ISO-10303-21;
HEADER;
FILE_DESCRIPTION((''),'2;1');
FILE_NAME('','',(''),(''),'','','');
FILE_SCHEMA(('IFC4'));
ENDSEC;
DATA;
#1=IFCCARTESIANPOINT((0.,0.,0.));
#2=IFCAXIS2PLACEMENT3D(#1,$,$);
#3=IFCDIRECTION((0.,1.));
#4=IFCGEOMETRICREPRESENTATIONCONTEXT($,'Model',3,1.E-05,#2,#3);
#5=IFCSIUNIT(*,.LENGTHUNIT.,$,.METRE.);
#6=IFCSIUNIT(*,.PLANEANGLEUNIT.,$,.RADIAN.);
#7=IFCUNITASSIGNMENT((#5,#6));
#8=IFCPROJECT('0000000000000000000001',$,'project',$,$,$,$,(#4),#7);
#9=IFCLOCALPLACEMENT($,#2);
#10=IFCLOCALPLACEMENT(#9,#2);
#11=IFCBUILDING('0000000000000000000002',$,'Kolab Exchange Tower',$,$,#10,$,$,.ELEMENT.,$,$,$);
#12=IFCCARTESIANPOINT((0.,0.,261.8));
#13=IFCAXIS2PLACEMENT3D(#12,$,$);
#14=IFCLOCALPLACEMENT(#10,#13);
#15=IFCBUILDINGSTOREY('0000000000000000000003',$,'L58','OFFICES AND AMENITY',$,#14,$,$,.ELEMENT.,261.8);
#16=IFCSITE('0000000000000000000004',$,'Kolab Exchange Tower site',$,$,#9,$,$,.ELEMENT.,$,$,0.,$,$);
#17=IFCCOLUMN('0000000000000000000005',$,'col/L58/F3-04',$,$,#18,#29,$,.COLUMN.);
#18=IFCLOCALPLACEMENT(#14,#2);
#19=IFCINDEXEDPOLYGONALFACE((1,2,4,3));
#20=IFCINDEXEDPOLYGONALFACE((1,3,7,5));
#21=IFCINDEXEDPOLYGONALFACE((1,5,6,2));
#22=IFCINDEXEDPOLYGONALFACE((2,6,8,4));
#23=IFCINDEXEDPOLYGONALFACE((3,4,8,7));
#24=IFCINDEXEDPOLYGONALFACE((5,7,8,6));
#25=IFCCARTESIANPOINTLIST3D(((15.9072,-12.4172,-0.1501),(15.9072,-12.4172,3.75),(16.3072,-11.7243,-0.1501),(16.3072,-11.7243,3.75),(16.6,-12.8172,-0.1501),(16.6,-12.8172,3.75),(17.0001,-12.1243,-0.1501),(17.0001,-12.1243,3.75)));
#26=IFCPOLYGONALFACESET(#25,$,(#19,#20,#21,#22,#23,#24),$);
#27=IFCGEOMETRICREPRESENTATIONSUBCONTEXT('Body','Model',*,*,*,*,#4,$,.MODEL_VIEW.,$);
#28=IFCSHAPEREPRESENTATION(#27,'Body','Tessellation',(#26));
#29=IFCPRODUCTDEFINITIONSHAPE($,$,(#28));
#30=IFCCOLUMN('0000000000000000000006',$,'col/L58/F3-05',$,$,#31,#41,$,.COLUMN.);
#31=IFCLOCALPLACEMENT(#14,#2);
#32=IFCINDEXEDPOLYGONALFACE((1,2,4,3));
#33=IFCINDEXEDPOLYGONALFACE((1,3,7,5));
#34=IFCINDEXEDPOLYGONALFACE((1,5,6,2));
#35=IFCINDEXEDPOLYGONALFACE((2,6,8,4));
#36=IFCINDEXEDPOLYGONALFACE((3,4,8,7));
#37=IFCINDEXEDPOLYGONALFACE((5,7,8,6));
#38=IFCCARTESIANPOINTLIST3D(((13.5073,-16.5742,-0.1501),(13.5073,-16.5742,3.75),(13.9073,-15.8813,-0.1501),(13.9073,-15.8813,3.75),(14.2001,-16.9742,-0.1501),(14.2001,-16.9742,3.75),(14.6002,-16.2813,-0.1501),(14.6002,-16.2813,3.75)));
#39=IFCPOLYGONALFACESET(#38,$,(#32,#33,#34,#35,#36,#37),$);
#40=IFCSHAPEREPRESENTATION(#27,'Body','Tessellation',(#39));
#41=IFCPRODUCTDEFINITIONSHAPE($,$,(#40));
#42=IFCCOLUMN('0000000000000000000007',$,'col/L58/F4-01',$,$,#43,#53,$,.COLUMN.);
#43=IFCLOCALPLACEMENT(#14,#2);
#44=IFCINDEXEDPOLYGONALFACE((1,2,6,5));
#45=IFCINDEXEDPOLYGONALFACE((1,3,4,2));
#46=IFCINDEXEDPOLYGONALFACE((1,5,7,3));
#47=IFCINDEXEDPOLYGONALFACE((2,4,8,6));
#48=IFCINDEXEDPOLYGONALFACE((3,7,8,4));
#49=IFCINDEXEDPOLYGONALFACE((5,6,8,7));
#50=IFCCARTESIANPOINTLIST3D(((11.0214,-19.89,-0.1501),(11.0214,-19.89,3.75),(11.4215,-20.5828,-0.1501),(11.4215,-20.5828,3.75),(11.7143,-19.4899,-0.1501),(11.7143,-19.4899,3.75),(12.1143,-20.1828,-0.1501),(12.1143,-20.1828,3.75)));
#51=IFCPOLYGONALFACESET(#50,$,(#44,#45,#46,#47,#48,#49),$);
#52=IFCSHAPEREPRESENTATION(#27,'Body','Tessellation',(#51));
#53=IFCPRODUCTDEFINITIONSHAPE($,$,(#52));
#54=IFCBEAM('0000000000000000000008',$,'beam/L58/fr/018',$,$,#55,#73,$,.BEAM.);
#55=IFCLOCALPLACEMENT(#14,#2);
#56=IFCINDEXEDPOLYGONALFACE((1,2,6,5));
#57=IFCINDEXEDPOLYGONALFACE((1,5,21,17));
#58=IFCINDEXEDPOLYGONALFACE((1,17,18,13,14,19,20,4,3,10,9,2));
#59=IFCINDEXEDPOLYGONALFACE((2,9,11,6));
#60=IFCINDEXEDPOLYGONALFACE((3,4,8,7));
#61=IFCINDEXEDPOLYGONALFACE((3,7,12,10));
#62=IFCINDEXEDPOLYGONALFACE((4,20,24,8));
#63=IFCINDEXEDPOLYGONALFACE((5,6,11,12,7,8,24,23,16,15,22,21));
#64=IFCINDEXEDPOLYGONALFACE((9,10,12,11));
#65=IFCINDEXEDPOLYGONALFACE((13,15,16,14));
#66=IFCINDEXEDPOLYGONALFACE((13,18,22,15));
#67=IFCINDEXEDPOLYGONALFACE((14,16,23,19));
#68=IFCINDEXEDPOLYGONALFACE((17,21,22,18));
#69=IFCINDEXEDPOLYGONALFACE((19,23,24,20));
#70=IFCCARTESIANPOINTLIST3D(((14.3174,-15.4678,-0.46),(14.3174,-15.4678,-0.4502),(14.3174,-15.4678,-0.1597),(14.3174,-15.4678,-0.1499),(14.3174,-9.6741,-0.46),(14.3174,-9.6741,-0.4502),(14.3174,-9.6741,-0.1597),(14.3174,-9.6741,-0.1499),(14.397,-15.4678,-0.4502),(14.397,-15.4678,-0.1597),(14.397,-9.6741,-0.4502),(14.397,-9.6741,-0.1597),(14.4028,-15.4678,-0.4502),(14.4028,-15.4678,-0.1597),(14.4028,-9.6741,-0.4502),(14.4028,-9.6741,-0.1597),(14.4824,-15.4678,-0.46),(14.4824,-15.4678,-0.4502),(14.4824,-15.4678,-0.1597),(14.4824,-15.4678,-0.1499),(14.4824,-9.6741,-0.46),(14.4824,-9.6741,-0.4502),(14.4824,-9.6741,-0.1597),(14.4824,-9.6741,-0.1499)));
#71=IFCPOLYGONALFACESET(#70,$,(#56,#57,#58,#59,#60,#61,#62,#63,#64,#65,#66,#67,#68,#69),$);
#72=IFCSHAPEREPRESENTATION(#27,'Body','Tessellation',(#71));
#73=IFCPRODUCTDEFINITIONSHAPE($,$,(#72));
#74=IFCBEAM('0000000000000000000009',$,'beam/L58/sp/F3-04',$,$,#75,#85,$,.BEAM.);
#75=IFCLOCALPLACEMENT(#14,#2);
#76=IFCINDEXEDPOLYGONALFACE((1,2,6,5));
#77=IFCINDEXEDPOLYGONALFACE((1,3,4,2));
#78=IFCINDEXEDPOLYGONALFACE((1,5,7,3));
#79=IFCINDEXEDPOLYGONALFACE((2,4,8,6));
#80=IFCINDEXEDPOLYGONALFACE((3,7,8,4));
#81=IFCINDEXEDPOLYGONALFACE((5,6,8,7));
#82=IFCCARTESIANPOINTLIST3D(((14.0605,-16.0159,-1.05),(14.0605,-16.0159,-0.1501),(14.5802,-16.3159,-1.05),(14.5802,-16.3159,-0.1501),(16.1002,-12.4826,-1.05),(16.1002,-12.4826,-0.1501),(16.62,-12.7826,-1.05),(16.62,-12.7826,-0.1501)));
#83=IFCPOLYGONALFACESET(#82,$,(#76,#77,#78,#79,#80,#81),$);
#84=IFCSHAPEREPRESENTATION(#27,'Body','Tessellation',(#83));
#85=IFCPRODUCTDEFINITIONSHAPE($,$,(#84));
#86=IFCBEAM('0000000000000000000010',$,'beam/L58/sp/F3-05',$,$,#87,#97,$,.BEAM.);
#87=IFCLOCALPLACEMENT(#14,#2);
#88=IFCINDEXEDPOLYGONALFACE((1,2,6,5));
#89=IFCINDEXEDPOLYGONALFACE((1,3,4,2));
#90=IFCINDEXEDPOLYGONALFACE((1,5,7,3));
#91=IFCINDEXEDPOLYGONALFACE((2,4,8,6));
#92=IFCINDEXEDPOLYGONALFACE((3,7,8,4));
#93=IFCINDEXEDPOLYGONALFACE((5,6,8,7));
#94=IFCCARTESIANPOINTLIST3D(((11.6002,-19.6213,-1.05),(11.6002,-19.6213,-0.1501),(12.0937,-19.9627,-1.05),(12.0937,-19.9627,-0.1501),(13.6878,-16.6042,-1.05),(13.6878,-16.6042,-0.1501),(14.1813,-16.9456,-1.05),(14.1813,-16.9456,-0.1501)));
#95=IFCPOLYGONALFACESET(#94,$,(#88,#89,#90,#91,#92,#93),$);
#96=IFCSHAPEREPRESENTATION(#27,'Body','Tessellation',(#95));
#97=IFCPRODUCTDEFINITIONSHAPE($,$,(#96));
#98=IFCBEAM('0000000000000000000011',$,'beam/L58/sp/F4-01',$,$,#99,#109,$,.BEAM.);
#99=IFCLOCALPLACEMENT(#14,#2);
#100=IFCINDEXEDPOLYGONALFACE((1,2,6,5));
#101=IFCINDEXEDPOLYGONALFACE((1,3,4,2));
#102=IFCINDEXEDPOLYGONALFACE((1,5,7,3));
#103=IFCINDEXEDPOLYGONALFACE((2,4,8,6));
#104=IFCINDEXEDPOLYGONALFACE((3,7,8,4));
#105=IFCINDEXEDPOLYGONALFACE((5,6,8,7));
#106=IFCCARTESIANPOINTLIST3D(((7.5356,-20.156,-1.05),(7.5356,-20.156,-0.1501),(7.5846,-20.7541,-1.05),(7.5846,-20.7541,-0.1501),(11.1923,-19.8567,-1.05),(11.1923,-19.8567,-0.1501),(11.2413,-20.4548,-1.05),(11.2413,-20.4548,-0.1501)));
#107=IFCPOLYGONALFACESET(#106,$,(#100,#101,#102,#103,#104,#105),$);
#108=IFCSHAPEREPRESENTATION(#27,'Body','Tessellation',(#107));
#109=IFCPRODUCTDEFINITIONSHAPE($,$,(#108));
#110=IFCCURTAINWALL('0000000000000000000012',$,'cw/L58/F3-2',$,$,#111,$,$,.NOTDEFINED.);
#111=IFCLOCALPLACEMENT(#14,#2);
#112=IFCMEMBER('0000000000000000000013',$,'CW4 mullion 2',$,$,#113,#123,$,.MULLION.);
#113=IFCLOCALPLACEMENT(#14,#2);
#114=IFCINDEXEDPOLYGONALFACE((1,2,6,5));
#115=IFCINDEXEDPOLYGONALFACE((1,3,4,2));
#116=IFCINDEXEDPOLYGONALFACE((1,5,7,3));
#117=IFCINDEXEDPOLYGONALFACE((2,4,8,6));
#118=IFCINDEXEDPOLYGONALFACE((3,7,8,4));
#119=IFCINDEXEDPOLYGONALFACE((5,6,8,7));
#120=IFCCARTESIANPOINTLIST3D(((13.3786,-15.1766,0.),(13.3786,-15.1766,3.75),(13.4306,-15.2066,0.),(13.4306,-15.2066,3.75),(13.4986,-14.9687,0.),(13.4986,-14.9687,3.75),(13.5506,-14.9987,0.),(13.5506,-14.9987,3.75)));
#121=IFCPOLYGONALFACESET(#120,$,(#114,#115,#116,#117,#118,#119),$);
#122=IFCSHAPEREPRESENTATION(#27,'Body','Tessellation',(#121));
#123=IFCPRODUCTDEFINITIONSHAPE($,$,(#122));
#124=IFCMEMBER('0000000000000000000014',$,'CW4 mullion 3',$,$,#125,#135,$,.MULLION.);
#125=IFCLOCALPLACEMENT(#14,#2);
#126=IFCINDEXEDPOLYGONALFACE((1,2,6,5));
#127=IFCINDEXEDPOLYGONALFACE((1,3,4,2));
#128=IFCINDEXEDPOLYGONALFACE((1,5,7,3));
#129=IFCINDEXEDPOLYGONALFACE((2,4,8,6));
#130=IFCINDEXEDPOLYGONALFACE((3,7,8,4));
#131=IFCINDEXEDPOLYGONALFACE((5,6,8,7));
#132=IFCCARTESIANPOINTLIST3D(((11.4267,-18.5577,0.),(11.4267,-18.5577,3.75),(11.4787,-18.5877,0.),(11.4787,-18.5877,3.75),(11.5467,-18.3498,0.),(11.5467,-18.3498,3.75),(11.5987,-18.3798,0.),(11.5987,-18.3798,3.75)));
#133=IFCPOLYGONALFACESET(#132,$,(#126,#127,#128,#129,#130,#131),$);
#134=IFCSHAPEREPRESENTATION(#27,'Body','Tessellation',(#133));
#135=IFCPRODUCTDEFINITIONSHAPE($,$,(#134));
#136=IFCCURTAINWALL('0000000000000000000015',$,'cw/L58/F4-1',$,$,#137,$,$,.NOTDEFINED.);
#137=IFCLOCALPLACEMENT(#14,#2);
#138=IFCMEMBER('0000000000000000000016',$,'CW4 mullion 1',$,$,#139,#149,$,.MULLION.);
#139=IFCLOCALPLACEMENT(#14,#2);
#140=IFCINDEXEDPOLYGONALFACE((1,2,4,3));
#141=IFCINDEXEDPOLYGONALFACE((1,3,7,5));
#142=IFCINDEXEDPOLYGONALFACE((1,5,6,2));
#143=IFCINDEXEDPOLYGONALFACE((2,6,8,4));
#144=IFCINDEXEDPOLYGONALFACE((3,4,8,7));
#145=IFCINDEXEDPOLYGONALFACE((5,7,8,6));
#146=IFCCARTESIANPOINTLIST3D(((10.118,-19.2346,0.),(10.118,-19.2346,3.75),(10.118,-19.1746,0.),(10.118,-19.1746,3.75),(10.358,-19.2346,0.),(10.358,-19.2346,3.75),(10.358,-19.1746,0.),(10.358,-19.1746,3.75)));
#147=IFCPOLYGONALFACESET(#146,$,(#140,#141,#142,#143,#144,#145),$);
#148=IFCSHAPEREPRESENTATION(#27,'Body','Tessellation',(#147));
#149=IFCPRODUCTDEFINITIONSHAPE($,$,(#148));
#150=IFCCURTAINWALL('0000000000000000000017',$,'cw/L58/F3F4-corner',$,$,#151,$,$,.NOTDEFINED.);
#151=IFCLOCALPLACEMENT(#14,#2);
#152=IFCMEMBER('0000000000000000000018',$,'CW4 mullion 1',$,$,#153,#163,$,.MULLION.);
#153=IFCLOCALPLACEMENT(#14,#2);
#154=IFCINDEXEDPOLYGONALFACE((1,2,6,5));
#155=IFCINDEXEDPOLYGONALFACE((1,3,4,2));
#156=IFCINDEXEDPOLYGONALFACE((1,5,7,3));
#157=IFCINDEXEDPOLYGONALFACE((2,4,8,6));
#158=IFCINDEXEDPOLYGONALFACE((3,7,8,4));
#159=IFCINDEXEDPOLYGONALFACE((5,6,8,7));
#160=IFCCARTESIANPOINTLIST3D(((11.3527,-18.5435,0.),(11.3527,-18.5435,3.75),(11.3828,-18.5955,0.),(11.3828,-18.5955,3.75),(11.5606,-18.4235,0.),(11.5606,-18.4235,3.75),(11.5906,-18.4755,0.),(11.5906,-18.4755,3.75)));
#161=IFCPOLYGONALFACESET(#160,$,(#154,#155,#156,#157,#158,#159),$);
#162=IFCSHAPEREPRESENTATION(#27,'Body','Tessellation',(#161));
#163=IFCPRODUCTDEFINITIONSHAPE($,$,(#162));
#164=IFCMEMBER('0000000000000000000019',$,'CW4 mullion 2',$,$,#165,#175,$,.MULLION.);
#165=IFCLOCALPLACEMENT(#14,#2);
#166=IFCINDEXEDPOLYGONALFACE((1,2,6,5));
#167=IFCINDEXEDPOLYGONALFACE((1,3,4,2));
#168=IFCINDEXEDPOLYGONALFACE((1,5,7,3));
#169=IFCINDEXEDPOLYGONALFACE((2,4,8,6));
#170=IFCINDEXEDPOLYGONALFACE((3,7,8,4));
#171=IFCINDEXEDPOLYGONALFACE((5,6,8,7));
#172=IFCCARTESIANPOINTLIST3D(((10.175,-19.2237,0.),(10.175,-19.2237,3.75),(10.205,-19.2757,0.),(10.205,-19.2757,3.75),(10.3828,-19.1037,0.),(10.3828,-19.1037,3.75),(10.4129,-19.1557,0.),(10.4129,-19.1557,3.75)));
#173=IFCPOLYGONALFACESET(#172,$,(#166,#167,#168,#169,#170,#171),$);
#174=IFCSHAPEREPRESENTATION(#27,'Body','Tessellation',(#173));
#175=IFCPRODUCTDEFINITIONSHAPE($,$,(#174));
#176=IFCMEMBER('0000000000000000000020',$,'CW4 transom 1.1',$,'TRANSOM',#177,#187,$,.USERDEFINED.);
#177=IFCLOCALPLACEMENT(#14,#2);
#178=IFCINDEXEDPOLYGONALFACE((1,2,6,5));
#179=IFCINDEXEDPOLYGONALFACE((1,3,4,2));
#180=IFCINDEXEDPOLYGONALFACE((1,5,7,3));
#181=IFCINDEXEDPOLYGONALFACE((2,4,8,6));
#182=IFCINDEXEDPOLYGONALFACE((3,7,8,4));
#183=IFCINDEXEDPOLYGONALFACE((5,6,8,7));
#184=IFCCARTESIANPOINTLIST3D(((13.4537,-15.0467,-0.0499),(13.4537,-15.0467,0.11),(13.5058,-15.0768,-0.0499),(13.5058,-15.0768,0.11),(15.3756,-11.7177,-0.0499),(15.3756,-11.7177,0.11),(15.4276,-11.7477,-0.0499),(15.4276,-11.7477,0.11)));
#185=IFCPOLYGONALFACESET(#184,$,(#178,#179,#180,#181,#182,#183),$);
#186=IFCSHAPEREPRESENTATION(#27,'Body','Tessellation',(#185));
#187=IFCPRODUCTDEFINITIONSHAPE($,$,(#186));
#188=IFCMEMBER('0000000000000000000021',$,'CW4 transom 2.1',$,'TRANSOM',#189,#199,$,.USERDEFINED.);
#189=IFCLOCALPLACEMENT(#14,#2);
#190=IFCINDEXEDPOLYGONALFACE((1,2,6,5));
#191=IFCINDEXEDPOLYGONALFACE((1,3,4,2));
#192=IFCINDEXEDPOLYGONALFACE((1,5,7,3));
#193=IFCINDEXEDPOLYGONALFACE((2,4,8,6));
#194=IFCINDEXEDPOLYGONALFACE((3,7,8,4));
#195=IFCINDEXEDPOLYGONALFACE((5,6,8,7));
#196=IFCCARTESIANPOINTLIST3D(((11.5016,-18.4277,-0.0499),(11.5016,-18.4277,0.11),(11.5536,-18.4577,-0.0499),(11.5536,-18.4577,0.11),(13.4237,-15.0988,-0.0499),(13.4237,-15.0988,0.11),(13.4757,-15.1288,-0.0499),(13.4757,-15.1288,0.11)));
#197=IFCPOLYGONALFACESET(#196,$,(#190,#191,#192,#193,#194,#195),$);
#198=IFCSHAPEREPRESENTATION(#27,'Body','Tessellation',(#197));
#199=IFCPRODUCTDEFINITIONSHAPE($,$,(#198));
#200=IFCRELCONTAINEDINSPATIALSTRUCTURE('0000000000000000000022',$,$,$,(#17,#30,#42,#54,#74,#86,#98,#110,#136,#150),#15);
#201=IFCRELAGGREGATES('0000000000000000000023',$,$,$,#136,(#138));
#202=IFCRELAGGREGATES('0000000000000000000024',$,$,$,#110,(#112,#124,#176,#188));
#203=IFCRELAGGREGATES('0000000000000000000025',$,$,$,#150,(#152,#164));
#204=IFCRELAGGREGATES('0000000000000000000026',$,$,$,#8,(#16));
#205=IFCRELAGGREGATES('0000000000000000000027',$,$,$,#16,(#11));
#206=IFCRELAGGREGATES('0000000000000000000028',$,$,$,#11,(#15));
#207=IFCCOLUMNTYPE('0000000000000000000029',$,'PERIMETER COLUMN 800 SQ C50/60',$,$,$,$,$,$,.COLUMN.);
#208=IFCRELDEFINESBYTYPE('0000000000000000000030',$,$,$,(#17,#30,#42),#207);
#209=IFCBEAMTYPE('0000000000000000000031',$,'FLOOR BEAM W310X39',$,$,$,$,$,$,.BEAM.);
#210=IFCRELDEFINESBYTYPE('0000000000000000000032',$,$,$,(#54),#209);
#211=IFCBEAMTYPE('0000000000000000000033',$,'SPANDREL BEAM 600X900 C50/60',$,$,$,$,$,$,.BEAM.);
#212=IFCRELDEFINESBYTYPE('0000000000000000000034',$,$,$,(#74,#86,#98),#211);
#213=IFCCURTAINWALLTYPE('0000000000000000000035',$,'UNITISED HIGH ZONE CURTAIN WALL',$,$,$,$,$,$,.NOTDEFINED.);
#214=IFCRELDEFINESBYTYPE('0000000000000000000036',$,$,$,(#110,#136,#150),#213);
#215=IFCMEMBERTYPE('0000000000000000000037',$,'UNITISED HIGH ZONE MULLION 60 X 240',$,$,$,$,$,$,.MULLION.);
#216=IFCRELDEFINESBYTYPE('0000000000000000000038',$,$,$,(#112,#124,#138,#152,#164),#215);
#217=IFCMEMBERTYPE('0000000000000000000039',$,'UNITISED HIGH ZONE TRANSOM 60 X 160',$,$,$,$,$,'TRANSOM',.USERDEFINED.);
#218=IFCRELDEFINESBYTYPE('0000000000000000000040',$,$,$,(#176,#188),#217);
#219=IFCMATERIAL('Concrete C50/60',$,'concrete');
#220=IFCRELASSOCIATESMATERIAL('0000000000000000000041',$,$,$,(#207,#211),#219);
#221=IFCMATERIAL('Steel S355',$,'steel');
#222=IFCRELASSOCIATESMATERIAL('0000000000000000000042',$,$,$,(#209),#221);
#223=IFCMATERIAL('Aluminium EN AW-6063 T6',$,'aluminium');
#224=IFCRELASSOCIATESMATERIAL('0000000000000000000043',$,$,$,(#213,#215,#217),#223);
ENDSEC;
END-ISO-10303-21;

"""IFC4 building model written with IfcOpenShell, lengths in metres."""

from ifc_helpers import new_model, si_unit, direction, frame, origin, origin_2d, place, context, subcontext, project, spatial, rectangle, i_section, extrude, material, material_profile, profile_set, type_object, element, aggregate, save


model = new_model("IFC4")

# Units and contexts
model_context = context("Model", 3, precision=1e-05, world=origin(), true_north=direction((0.0, 1.0)))
body_context = subcontext(model_context, "Body", "Model", "MODEL_VIEW")
ifc_project = project(units=[si_unit("LENGTHUNIT", "METRE"), si_unit("PLANEANGLEUNIT", "RADIAN")], contexts=[model_context])

# Site, building, storey
site_placement = place(None, origin())
site = spatial("IfcSite", under=ifc_project, at=site_placement, Name="Kolab Exchange Tower site", CompositionType="ELEMENT", RefElevation=0.0)
building_placement = place(site_placement, origin())
building = spatial("IfcBuilding", under=site, at=building_placement, Name="Kolab Exchange Tower", CompositionType="ELEMENT")
storey_placement = place(building_placement, frame((0.0, 0.0, 261.8)))
storey = spatial("IfcBuildingStorey", under=building, at=storey_placement, Name="L58", Description="OFFICES AND AMENITY", CompositionType="ELEMENT", Elevation=261.8)

# Columns
ifc_material_1 = material(Name="Concrete C50/60", Category="concrete")
ifc_material_profile_1 = material_profile(ifc_material_1, rectangle(XDim=0.8, YDim=0.8, at=origin_2d()), Name="RC800")
ifc_profile_set_1 = profile_set([ifc_material_profile_1], Name="Concrete C50/60")
column_type = type_object("IfcColumnType", Name="PERIMETER COLUMN 800 SQ C50/60", PredefinedType="COLUMN", material=ifc_profile_set_1)
for number, where, z_axis, x_axis, name in (
    (1, (16.4536, -12.2708, -0.1501), (0.0, 0.0, 1.0), (0.5, 0.866025, 0.0), "col/L58/F3-04"),
    (2, (14.0537, -16.4277, -0.1501), (0.0, 0.0, 1.0), (0.5, 0.866025, 0.0), "col/L58/F3-05"),
    (3, (11.5679, -20.0364, -0.1501), (0.0, 0.0, 1.0), (0.866025, 0.5, 0.0), "col/L58/F4-01"),
):
    element("IfcColumn", number, at=place(storey_placement, frame(where, z_axis=z_axis, x_axis=x_axis)), inside=storey, type_object=column_type, Name=name, PredefinedType="COLUMN", context=body_context, shape_type="SweptSolid", body=[
        extrude(rectangle(XDim=0.8, YDim=0.8, at=origin_2d()), origin(), (0.0, 0.0, 1.0), 3.9001),
    ])

# Beams
ifc_material_2 = material(Name="Steel S355", Category="steel")
ifc_material_profile_2 = material_profile(ifc_material_2, i_section(OverallWidth=0.165, OverallDepth=0.3101, WebThickness=0.0059, FlangeThickness=0.0098, at=origin_2d()), Name="W310X39")
ifc_profile_set_2 = profile_set([ifc_material_profile_2], Name="Steel S355")
beam_type_1 = type_object("IfcBeamType", Name="FLOOR BEAM W310X39", PredefinedType="BEAM", material=ifc_profile_set_2)
beam_1_placement = place(storey_placement, frame((14.3999, -15.4678, -0.3049), z_axis=(0.0, 1.0, 0.0), x_axis=(-1.0, 0.0, 0.0)))
element("IfcBeam", 4, at=beam_1_placement, inside=storey, type_object=beam_type_1, Name="beam/L58/fr/018", PredefinedType="BEAM", context=body_context, shape_type="SweptSolid", body=[
    extrude(i_section(OverallWidth=0.165, OverallDepth=0.3101, WebThickness=0.0059, FlangeThickness=0.0098, at=origin_2d()), origin(), (0.0, 0.0, 1.0), 5.7937),
])
ifc_material_profile_3 = material_profile(ifc_material_1, rectangle(XDim=0.6001, YDim=0.8999, at=origin_2d()), Name="RC600X900")
ifc_profile_set_3 = profile_set([ifc_material_profile_3], Name="Concrete C50/60")
beam_type_2 = type_object("IfcBeamType", Name="SPANDREL BEAM 600X900 C50/60", PredefinedType="BEAM", material=ifc_profile_set_3)
beam_2_placement = place(storey_placement, frame((16.3601, -12.6326, -0.6001), z_axis=(-0.499956, -0.866051, 0.0), x_axis=(0.866051, -0.499956, 0.0)))
element("IfcBeam", 5, at=beam_2_placement, inside=storey, type_object=beam_type_2, Name="beam/L58/sp/F3-04", PredefinedType="BEAM", context=body_context, shape_type="SweptSolid", body=[
    extrude(rectangle(XDim=0.6001, YDim=0.8999, at=origin_2d()), origin(), (0.0, 0.0, 1.0), 4.0798),
])
for number, where, z_axis, x_axis, name in (
    (6, (13.9346, -16.7749, -0.6001), (-0.569006, -0.822334, 0.0), (0.822334, -0.569006, 0.0), "beam/L58/sp/F3-05"),
    (7, (11.2168, -20.1558, -0.6001), (-0.996667, -0.081581, 0.0), (0.081581, -0.996667, 0.0), "beam/L58/sp/F4-01"),
):
    element("IfcBeam", number, at=place(storey_placement, frame(where, z_axis=z_axis, x_axis=x_axis)), inside=storey, type_object=beam_type_2, Name=name, PredefinedType="BEAM", context=body_context, shape_type="SweptSolid", body=[
        extrude(rectangle(XDim=0.6001, YDim=0.8999, at=origin_2d()), origin(), (0.0, 0.0, 1.0), 3.6689),
    ])

# Curtain wall, members
ifc_material_3 = material(Name="Aluminium EN AW-6063 T6", Category="aluminium")
curtain_wall_type = type_object("IfcCurtainWallType", Name="UNITISED HIGH ZONE CURTAIN WALL", PredefinedType="NOTDEFINED", material=ifc_material_3)
curtain_wall_1_placement = place(storey_placement, origin())
curtain_wall_1 = element("IfcCurtainWall", 8, at=curtain_wall_1_placement, inside=storey, type_object=curtain_wall_type, Name="cw/L58/F3-2", PredefinedType="NOTDEFINED")
ifc_material_profile_4 = material_profile(ifc_material_3, rectangle(XDim=0.0601, YDim=0.24, at=origin_2d()), Name="RECT 60X240")
ifc_profile_set_4 = profile_set([ifc_material_profile_4], Name="Aluminium EN AW-6063 T6")
member_type_1 = type_object("IfcMemberType", Name="UNITISED HIGH ZONE MULLION 60 X 240", PredefinedType="MULLION", material=ifc_profile_set_4)
member_1_placement = place(storey_placement, frame((13.4646, -15.0876, 0.0), z_axis=(0.0, 0.0, 1.0), x_axis=(0.866025, -0.5, 0.0)))
member_1 = element("IfcMember", 9, at=member_1_placement, type_object=member_type_1, Name="CW4 mullion 2", PredefinedType="MULLION", context=body_context, shape_type="SweptSolid", body=[
    extrude(rectangle(XDim=0.0601, YDim=0.24, at=origin_2d()), origin(), (0.0, 0.0, 1.0), 3.75),
])
member_2_placement = place(storey_placement, frame((11.5127, -18.4688, 0.0), z_axis=(0.0, 0.0, 1.0), x_axis=(0.866025, -0.5, 0.0)))
member_2 = element("IfcMember", 10, at=member_2_placement, type_object=member_type_1, Name="CW4 mullion 3", PredefinedType="MULLION", context=body_context, shape_type="SweptSolid", body=[
    extrude(rectangle(XDim=0.0601, YDim=0.24, at=origin_2d()), origin(), (0.0, 0.0, 1.0), 3.75),
])

# Curtain wall, member
curtain_wall_2_placement = place(storey_placement, origin())
curtain_wall_2 = element("IfcCurtainWall", 11, at=curtain_wall_2_placement, inside=storey, type_object=curtain_wall_type, Name="cw/L58/F4-1", PredefinedType="NOTDEFINED")
member_3_placement = place(storey_placement, frame((10.238, -19.2046, 0.0), z_axis=(0.0, 0.0, 1.0), x_axis=(0.0, -1.0, 0.0)))
member_3 = element("IfcMember", 12, at=member_3_placement, type_object=member_type_1, Name="CW4 mullion 1", PredefinedType="MULLION", context=body_context, shape_type="SweptSolid", body=[
    extrude(rectangle(XDim=0.0601, YDim=0.24, at=origin_2d()), origin(), (0.0, 0.0, 1.0), 3.75),
])

# Curtain wall, members
curtain_wall_3_placement = place(storey_placement, origin())
curtain_wall_3 = element("IfcCurtainWall", 13, at=curtain_wall_3_placement, inside=storey, type_object=curtain_wall_type, Name="cw/L58/F3F4-corner", PredefinedType="NOTDEFINED")
member_4_placement = place(storey_placement, frame((11.4717, -18.5095, 0.0), z_axis=(0.0, 0.0, 1.0), x_axis=(0.5, -0.866025, 0.0)))
member_4 = element("IfcMember", 14, at=member_4_placement, type_object=member_type_1, Name="CW4 mullion 1", PredefinedType="MULLION", context=body_context, shape_type="SweptSolid", body=[
    extrude(rectangle(XDim=0.0601, YDim=0.24, at=origin_2d()), origin(), (0.0, 0.0, 1.0), 3.75),
])
member_5_placement = place(storey_placement, frame((10.2939, -19.1897, 0.0), z_axis=(0.0, 0.0, 1.0), x_axis=(0.5, -0.866025, 0.0)))
member_5 = element("IfcMember", 15, at=member_5_placement, type_object=member_type_1, Name="CW4 mullion 2", PredefinedType="MULLION", context=body_context, shape_type="SweptSolid", body=[
    extrude(rectangle(XDim=0.0601, YDim=0.24, at=origin_2d()), origin(), (0.0, 0.0, 1.0), 3.75),
])

# Members
ifc_material_profile_5 = material_profile(ifc_material_3, rectangle(XDim=0.0601, YDim=0.1599, at=origin_2d()), Name="RECT 60X160")
ifc_profile_set_5 = profile_set([ifc_material_profile_5], Name="Aluminium EN AW-6063 T6")
member_type_2 = type_object("IfcMemberType", Name="UNITISED HIGH ZONE TRANSOM 60 X 160", ElementType="TRANSOM", PredefinedType="USERDEFINED", material=ifc_profile_set_5)
member_6_placement = place(storey_placement, frame((15.4016, -11.7327, 0.03), z_axis=(-0.499964, -0.866046, 0.0), x_axis=(0.866046, -0.499964, 0.0)))
member_6 = element("IfcMember", 16, at=member_6_placement, type_object=member_type_2, Name="CW4 transom 1.1", ObjectType="TRANSOM", PredefinedType="USERDEFINED", context=body_context, shape_type="SweptSolid", body=[
    extrude(rectangle(XDim=0.0601, YDim=0.1599, at=origin_2d()), origin(), (0.0, 0.0, 1.0), 3.844),
])
member_7_placement = place(storey_placement, frame((13.4497, -15.1138, 0.03), z_axis=(-0.500039, -0.866003, 0.0), x_axis=(0.866003, -0.500039, 0.0)))
member_7 = element("IfcMember", 17, at=member_7_placement, type_object=member_type_2, Name="CW4 transom 2.1", ObjectType="TRANSOM", PredefinedType="USERDEFINED", context=body_context, shape_type="SweptSolid", body=[
    extrude(rectangle(XDim=0.0601, YDim=0.1599, at=origin_2d()), origin(), (0.0, 0.0, 1.0), 3.844),
])
aggregate(curtain_wall_2, [member_3])

aggregate(curtain_wall_1, [member_1, member_2, member_6, member_7])
aggregate(curtain_wall_3, [member_4, member_5])

save(model, "model.ifc")
